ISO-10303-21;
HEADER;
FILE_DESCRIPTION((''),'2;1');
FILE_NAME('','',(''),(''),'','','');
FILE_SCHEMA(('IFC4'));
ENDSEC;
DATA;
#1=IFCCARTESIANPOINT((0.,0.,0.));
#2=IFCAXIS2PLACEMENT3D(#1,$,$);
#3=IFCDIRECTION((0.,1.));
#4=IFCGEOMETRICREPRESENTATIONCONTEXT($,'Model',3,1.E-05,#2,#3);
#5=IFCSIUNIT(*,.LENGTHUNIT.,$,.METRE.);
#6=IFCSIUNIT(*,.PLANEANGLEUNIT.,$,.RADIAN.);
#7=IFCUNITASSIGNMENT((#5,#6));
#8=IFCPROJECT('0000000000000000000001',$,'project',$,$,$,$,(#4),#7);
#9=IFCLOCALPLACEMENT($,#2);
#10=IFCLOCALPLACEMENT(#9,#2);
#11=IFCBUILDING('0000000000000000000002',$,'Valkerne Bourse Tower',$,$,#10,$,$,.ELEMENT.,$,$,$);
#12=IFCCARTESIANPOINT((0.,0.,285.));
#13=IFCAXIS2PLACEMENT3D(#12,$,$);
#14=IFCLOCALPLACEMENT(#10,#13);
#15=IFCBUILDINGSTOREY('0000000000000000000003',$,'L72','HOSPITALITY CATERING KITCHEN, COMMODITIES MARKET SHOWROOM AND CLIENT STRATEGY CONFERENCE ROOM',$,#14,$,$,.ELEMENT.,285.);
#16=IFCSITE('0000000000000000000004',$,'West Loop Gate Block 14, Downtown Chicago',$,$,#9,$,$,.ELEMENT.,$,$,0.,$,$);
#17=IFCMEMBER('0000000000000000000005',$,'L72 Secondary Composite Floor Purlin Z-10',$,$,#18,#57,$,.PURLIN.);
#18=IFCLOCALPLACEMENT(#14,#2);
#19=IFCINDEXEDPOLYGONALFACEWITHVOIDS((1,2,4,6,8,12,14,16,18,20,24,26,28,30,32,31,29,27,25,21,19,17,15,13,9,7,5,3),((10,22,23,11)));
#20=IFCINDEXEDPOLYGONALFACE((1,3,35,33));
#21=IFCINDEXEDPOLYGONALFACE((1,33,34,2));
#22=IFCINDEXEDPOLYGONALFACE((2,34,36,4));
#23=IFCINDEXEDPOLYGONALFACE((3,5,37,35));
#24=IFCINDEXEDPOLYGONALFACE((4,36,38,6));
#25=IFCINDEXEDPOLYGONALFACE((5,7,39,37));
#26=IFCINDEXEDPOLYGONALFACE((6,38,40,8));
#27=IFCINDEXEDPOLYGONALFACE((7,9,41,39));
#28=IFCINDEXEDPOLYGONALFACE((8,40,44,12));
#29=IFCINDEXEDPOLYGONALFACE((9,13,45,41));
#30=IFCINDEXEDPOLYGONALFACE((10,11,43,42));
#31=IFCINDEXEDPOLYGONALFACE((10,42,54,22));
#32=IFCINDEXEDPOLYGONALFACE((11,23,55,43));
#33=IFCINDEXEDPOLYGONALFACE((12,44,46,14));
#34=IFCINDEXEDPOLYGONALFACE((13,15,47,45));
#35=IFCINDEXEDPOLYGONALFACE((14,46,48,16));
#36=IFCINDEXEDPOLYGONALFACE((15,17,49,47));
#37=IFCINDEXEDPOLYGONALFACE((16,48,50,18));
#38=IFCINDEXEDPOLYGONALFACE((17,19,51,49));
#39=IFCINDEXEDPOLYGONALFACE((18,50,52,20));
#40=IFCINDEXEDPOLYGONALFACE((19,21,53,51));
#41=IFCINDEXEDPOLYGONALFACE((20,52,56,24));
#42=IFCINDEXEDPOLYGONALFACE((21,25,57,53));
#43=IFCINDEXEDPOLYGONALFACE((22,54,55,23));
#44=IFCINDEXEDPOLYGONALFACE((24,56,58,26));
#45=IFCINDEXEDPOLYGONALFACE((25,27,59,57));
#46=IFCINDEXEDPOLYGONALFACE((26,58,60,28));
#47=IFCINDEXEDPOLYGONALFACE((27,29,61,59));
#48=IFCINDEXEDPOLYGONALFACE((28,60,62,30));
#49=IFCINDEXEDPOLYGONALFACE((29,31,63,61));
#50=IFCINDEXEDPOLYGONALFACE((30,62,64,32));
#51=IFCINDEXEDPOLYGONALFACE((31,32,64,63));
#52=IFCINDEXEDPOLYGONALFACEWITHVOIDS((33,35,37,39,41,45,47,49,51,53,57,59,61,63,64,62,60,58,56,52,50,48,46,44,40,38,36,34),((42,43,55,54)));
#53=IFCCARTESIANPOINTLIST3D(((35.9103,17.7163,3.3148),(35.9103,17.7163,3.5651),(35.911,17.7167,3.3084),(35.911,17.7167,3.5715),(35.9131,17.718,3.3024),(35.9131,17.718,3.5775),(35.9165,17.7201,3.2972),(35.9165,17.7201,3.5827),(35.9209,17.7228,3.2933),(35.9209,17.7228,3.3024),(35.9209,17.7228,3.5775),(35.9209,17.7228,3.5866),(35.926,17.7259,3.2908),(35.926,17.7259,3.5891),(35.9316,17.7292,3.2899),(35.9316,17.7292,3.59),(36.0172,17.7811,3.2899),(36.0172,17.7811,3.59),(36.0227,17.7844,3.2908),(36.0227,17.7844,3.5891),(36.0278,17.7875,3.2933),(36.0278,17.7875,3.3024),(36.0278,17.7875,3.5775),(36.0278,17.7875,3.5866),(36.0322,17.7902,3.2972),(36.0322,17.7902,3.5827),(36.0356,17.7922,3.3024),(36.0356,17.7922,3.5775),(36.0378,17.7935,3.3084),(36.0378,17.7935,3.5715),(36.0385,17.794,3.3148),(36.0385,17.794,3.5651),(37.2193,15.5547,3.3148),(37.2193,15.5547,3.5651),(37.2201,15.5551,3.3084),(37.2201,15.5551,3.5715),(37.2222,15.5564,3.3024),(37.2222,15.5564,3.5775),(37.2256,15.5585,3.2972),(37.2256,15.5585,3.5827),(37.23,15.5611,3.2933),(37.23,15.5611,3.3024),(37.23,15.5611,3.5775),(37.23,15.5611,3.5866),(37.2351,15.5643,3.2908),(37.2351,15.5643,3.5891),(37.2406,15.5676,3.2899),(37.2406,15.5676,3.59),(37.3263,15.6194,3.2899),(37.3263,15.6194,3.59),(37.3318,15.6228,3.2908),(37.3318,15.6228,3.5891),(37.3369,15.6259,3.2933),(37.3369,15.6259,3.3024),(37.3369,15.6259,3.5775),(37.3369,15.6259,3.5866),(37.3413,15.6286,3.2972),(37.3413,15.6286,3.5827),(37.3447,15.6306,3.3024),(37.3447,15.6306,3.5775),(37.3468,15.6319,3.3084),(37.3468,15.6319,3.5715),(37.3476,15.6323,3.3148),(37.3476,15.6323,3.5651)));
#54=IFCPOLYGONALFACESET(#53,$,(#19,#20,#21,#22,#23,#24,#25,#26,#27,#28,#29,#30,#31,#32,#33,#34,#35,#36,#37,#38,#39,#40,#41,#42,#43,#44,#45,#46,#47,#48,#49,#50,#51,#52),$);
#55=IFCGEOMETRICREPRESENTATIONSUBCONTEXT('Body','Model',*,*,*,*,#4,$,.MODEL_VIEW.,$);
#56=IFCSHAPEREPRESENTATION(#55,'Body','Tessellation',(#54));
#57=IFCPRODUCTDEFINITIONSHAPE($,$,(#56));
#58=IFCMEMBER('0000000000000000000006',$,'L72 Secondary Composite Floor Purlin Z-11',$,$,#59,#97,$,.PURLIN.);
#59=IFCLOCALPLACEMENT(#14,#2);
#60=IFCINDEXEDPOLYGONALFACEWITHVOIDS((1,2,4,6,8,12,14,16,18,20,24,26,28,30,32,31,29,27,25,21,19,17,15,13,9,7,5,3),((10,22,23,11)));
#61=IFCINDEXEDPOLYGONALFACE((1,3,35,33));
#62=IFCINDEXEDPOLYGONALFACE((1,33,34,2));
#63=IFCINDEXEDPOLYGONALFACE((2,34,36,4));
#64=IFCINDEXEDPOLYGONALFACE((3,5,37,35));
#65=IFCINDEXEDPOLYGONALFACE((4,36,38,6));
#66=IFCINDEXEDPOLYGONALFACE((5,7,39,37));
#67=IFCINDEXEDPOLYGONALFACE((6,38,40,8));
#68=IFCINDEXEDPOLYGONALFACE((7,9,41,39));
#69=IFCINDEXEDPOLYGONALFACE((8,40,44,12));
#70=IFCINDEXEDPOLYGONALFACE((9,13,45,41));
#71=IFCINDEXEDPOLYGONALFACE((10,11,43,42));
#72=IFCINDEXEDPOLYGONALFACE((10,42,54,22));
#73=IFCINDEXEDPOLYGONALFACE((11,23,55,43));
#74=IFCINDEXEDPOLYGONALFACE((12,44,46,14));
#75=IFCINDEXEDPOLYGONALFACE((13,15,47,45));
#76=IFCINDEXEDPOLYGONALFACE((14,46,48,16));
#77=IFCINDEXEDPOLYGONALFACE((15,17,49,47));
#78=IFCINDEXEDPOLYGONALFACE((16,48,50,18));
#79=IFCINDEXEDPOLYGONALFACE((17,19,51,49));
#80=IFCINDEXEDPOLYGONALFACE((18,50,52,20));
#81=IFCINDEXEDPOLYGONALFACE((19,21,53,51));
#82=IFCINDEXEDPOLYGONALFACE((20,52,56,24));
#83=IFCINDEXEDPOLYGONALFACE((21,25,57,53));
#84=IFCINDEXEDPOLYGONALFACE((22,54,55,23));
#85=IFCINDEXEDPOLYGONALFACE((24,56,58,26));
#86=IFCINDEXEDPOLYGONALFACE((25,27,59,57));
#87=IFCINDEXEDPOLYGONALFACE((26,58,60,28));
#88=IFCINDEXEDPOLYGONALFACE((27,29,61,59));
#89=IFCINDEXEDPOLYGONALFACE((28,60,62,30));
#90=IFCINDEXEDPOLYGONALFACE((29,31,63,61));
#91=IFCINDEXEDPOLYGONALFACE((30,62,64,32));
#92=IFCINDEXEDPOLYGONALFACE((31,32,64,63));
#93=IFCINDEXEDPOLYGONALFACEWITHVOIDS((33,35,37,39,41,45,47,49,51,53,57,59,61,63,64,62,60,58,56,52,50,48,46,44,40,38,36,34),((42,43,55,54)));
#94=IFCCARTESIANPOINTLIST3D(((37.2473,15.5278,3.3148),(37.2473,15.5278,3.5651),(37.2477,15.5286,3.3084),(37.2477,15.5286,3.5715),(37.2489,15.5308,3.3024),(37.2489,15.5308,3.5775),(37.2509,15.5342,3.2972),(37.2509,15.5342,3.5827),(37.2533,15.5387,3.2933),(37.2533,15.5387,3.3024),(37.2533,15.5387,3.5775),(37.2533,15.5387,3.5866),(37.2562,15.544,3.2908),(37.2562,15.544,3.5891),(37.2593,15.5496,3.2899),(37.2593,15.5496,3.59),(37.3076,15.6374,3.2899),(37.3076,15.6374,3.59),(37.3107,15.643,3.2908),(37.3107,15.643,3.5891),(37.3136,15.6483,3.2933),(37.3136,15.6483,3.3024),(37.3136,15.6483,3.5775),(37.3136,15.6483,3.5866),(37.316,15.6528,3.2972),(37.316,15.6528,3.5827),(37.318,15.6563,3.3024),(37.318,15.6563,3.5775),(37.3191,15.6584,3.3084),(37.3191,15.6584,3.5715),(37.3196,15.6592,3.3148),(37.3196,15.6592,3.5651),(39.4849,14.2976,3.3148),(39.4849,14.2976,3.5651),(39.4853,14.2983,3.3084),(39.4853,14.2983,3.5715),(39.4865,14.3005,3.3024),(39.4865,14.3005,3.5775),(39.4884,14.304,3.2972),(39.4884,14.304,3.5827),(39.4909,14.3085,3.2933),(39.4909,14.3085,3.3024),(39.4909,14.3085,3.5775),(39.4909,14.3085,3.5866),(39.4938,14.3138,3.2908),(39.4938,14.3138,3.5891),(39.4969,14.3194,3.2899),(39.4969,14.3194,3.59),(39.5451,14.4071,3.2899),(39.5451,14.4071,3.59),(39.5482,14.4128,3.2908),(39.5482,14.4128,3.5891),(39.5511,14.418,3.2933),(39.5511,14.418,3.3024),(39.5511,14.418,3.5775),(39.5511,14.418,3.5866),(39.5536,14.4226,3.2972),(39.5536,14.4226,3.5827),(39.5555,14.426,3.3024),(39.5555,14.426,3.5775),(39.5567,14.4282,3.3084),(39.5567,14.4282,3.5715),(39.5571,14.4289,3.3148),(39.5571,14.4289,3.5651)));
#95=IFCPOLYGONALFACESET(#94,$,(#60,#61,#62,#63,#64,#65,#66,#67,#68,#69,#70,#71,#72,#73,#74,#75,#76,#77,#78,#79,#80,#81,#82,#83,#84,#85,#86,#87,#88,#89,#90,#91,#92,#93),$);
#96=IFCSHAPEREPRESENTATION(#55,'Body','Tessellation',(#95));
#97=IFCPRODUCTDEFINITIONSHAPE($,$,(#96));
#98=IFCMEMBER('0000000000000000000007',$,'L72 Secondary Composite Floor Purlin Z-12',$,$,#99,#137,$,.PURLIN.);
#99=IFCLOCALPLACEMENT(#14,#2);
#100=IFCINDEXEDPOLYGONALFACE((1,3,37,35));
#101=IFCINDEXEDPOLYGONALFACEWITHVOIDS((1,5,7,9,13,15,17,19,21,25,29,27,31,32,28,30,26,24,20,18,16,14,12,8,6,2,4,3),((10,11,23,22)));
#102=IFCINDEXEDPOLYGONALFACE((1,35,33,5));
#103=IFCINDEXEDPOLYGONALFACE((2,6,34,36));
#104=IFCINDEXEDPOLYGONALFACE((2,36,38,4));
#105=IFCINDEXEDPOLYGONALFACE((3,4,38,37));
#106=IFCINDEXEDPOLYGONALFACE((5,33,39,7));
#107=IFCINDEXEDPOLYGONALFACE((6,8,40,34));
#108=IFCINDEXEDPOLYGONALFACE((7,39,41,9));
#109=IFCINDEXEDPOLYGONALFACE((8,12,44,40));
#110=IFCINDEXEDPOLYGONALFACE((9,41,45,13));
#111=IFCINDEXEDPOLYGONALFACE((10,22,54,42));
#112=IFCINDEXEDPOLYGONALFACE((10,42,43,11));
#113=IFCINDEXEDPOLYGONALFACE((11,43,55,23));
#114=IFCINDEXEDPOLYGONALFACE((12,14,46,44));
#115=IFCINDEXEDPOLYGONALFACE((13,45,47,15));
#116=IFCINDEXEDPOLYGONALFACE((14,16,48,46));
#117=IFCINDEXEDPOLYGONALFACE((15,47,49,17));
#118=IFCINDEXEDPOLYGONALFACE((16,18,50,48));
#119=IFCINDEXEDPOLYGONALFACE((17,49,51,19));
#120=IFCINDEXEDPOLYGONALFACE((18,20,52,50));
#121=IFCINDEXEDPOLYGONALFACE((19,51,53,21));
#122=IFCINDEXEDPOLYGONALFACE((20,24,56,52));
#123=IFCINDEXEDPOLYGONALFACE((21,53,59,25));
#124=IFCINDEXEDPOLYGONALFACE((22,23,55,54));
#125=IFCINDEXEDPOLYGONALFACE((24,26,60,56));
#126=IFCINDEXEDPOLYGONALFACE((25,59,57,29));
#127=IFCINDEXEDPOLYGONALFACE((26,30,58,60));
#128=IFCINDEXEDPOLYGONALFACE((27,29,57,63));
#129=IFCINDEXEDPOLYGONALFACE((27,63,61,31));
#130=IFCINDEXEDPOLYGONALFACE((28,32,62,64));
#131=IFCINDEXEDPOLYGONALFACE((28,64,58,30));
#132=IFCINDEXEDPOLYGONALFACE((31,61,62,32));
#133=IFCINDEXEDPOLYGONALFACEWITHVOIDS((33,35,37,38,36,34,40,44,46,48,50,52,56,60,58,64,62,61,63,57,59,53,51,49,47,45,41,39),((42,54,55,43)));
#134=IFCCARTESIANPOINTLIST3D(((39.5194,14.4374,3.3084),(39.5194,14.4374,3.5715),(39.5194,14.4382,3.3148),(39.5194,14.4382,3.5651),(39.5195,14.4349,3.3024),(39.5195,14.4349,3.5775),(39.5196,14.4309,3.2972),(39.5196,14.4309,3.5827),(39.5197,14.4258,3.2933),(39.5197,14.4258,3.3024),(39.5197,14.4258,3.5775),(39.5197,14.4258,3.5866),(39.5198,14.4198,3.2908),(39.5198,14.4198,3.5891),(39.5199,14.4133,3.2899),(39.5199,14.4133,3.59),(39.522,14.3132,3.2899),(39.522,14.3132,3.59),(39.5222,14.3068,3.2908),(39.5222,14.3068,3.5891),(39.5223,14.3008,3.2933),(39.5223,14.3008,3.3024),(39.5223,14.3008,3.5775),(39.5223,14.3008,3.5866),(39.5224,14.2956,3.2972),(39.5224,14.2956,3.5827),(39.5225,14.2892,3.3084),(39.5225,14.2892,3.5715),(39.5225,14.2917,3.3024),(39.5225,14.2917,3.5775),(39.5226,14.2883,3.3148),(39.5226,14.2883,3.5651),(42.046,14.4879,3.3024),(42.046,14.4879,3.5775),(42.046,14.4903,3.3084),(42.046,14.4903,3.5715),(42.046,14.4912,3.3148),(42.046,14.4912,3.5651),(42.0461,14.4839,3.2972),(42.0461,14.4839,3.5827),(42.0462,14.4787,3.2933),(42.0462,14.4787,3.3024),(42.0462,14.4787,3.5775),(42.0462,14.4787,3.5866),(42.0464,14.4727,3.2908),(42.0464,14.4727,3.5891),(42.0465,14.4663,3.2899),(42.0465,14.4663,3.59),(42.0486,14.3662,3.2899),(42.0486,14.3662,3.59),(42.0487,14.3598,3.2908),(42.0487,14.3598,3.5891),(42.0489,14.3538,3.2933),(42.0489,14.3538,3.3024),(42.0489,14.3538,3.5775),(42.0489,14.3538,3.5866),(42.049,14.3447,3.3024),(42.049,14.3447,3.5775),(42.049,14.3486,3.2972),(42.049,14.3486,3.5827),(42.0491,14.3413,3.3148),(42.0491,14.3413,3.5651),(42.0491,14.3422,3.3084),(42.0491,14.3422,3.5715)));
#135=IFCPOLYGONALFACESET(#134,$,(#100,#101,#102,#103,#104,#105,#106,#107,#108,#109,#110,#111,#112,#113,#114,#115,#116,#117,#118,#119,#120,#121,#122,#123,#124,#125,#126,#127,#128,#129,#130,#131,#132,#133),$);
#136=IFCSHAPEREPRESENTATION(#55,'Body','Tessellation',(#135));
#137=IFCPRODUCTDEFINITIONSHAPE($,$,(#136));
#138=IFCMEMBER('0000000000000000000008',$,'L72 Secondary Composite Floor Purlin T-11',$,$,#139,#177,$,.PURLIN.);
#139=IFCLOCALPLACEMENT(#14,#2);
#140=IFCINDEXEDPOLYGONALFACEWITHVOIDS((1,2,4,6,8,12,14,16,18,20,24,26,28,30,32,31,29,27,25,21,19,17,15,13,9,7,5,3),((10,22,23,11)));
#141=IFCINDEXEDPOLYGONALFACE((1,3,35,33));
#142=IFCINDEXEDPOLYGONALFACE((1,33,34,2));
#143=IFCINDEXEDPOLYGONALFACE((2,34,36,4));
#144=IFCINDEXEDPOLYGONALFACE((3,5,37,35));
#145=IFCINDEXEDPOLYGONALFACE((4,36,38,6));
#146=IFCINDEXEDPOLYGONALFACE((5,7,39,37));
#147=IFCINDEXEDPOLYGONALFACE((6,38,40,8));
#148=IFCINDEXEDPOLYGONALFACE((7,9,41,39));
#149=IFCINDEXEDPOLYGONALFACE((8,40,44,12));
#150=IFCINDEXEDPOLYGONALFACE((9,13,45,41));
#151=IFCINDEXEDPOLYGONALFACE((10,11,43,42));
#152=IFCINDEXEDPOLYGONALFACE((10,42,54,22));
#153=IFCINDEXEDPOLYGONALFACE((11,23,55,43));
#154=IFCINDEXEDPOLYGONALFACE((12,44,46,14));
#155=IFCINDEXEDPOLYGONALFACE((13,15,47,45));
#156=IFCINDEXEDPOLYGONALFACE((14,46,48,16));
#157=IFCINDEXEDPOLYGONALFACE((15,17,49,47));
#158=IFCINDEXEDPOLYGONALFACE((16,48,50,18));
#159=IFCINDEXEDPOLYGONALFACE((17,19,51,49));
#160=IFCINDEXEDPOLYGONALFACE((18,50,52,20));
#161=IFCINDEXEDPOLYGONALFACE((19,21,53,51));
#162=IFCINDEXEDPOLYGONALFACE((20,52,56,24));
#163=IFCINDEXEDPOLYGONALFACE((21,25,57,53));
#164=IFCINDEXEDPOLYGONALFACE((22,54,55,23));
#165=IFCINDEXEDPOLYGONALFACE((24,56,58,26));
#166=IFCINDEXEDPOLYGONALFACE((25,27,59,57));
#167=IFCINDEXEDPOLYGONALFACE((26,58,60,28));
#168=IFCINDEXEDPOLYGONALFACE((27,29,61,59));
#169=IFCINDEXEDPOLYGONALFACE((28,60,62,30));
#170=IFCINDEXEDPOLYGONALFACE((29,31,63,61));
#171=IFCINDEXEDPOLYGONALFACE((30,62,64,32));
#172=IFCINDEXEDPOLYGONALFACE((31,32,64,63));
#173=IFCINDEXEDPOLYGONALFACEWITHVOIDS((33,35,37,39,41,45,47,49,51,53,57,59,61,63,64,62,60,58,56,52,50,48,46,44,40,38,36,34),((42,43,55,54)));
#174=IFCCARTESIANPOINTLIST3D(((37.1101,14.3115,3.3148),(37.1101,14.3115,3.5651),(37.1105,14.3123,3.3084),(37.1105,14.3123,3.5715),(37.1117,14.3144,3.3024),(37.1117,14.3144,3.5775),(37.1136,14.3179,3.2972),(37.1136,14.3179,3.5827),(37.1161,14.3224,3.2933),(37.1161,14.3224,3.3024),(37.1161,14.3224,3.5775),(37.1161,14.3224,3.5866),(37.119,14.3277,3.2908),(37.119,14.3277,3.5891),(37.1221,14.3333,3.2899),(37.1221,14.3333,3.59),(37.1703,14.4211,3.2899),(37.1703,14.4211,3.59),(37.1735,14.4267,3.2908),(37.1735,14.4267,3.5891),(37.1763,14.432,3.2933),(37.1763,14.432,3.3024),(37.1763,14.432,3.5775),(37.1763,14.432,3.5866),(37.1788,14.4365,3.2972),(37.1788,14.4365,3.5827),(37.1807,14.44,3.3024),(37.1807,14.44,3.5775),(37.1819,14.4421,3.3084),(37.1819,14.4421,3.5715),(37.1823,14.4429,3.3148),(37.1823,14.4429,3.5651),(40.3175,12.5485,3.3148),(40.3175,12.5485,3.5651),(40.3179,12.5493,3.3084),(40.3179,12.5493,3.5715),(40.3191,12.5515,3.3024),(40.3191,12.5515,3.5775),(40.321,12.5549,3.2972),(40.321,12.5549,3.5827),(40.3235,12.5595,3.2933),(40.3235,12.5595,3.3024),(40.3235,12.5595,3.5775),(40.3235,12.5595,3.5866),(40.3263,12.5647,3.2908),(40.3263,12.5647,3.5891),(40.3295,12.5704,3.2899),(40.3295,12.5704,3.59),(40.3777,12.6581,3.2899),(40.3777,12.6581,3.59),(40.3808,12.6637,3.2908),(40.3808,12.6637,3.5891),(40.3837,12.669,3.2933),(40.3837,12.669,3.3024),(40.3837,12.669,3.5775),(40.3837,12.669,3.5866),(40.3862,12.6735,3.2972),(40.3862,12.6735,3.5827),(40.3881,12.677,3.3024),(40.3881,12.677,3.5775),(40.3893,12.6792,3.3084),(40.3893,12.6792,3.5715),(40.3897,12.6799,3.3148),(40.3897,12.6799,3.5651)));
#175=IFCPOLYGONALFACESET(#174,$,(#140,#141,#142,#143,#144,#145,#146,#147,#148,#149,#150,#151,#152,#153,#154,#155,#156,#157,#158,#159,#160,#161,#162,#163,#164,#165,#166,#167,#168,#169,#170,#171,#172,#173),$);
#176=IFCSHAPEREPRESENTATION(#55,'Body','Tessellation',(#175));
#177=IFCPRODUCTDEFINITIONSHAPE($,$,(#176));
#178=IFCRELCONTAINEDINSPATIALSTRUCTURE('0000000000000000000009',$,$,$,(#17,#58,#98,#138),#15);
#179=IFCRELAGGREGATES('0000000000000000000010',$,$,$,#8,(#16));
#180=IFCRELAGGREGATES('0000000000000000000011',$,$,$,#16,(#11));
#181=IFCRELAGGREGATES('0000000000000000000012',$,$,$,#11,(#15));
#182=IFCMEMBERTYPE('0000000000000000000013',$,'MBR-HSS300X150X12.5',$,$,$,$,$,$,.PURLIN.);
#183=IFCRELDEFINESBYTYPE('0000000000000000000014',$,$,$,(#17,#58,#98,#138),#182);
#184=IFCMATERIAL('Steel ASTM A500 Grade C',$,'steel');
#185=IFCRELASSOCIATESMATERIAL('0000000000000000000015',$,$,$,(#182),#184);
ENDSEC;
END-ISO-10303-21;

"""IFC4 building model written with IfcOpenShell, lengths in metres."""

from ifc_helpers import new_model, si_unit, direction, frame, origin, origin_2d, place, context, subcontext, project, spatial, hollow_rectangle, extrude, material, material_profile, profile_set, type_object, element, save


model = new_model("IFC4")

# Units and contexts
model_context = context("Model", 3, precision=1e-05, world=origin(), true_north=direction((0.0, 1.0)))
body_context = subcontext(model_context, "Body", "Model", "MODEL_VIEW")
ifc_project = project(units=[si_unit("LENGTHUNIT", "METRE"), si_unit("PLANEANGLEUNIT", "RADIAN")], contexts=[model_context])

# Site, building, storey
site_placement = place(None, origin())
site = spatial("IfcSite", under=ifc_project, at=site_placement, Name="West Loop Gate Block 14, Downtown Chicago", CompositionType="ELEMENT", RefElevation=0.0)
building_placement = place(site_placement, origin())
building = spatial("IfcBuilding", under=site, at=building_placement, Name="Valkerne Bourse Tower", CompositionType="ELEMENT")
storey_placement = place(building_placement, frame((0.0, 0.0, 285.0)))
storey = spatial("IfcBuildingStorey", under=building, at=storey_placement, Name="L72", Description="HOSPITALITY CATERING KITCHEN, COMMODITIES MARKET SHOWROOM AND CLIENT STRATEGY CONFERENCE ROOM", CompositionType="ELEMENT", Elevation=285.0)

# Members
ifc_material_1 = material(Name="Steel ASTM A500 Grade C", Category="steel")
ifc_material_profile_1 = material_profile(ifc_material_1, hollow_rectangle(XDim=0.1499, YDim=0.3, WallThickness=0.0125, OuterFilletRadius=0.0249, at=origin_2d()), Name="HSS300X150X12.5")
ifc_profile_set_1 = profile_set([ifc_material_profile_1], Name="Steel ASTM A500 Grade C")
member_type_1 = type_object("IfcMemberType", Name="MBR-HSS300X150X12.5", PredefinedType="PURLIN", material=ifc_profile_set_1)
member_1_placement = place(storey_placement, frame((35.9744, 17.7551, 3.4399), z_axis=(0.518015, -0.855372, 0.0), x_axis=(0.855372, 0.518015, 0.0)))
element("IfcMember", 1, at=member_1_placement, inside=storey, type_object=member_type_1, Name="L72 Secondary Composite Floor Purlin Z-10", PredefinedType="PURLIN", context=body_context, shape_type="SweptSolid", body=[
    extrude(hollow_rectangle(XDim=0.1499, YDim=0.3, WallThickness=0.0125, OuterFilletRadius=0.0249, at=origin_2d()), origin(), (0.0, 0.0, 1.0), 2.5271),
])
member_2_placement = place(storey_placement, frame((37.2834, 15.5935, 3.4399), z_axis=(0.876287, -0.48179, 0.0), x_axis=(0.48179, 0.876287, 0.0)))
element("IfcMember", 2, at=member_2_placement, inside=storey, type_object=member_type_1, Name="L72 Secondary Composite Floor Purlin Z-11", PredefinedType="PURLIN", context=body_context, shape_type="SweptSolid", body=[
    extrude(hollow_rectangle(XDim=0.1499, YDim=0.3, WallThickness=0.0125, OuterFilletRadius=0.0249, at=origin_2d()), origin(), (0.0, 0.0, 1.0), 2.5535),
])
member_3_placement = place(storey_placement, frame((39.521, 14.3633, 3.4399), z_axis=(0.99978, 0.020964, 0.0), x_axis=(-0.020964, 0.99978, 0.0)))
element("IfcMember", 3, at=member_3_placement, inside=storey, type_object=member_type_1, Name="L72 Secondary Composite Floor Purlin Z-12", PredefinedType="PURLIN", context=body_context, shape_type="SweptSolid", body=[
    extrude(hollow_rectangle(XDim=0.1499, YDim=0.3, WallThickness=0.0125, OuterFilletRadius=0.0249, at=origin_2d()), origin(), (0.0, 0.0, 1.0), 2.5271),
])
member_4_placement = place(storey_placement, frame((37.1462, 14.3772, 3.4399), z_axis=(0.876338, -0.481696, 0.0), x_axis=(0.481696, 0.876338, 0.0)))
element("IfcMember", 4, at=member_4_placement, inside=storey, type_object=member_type_1, Name="L72 Secondary Composite Floor Purlin T-11", PredefinedType="PURLIN", context=body_context, shape_type="SweptSolid", body=[
    extrude(hollow_rectangle(XDim=0.1499, YDim=0.3, WallThickness=0.0125, OuterFilletRadius=0.0249, at=origin_2d()), origin(), (0.0, 0.0, 1.0), 3.6599),
])

save(model, "model.ifc")
